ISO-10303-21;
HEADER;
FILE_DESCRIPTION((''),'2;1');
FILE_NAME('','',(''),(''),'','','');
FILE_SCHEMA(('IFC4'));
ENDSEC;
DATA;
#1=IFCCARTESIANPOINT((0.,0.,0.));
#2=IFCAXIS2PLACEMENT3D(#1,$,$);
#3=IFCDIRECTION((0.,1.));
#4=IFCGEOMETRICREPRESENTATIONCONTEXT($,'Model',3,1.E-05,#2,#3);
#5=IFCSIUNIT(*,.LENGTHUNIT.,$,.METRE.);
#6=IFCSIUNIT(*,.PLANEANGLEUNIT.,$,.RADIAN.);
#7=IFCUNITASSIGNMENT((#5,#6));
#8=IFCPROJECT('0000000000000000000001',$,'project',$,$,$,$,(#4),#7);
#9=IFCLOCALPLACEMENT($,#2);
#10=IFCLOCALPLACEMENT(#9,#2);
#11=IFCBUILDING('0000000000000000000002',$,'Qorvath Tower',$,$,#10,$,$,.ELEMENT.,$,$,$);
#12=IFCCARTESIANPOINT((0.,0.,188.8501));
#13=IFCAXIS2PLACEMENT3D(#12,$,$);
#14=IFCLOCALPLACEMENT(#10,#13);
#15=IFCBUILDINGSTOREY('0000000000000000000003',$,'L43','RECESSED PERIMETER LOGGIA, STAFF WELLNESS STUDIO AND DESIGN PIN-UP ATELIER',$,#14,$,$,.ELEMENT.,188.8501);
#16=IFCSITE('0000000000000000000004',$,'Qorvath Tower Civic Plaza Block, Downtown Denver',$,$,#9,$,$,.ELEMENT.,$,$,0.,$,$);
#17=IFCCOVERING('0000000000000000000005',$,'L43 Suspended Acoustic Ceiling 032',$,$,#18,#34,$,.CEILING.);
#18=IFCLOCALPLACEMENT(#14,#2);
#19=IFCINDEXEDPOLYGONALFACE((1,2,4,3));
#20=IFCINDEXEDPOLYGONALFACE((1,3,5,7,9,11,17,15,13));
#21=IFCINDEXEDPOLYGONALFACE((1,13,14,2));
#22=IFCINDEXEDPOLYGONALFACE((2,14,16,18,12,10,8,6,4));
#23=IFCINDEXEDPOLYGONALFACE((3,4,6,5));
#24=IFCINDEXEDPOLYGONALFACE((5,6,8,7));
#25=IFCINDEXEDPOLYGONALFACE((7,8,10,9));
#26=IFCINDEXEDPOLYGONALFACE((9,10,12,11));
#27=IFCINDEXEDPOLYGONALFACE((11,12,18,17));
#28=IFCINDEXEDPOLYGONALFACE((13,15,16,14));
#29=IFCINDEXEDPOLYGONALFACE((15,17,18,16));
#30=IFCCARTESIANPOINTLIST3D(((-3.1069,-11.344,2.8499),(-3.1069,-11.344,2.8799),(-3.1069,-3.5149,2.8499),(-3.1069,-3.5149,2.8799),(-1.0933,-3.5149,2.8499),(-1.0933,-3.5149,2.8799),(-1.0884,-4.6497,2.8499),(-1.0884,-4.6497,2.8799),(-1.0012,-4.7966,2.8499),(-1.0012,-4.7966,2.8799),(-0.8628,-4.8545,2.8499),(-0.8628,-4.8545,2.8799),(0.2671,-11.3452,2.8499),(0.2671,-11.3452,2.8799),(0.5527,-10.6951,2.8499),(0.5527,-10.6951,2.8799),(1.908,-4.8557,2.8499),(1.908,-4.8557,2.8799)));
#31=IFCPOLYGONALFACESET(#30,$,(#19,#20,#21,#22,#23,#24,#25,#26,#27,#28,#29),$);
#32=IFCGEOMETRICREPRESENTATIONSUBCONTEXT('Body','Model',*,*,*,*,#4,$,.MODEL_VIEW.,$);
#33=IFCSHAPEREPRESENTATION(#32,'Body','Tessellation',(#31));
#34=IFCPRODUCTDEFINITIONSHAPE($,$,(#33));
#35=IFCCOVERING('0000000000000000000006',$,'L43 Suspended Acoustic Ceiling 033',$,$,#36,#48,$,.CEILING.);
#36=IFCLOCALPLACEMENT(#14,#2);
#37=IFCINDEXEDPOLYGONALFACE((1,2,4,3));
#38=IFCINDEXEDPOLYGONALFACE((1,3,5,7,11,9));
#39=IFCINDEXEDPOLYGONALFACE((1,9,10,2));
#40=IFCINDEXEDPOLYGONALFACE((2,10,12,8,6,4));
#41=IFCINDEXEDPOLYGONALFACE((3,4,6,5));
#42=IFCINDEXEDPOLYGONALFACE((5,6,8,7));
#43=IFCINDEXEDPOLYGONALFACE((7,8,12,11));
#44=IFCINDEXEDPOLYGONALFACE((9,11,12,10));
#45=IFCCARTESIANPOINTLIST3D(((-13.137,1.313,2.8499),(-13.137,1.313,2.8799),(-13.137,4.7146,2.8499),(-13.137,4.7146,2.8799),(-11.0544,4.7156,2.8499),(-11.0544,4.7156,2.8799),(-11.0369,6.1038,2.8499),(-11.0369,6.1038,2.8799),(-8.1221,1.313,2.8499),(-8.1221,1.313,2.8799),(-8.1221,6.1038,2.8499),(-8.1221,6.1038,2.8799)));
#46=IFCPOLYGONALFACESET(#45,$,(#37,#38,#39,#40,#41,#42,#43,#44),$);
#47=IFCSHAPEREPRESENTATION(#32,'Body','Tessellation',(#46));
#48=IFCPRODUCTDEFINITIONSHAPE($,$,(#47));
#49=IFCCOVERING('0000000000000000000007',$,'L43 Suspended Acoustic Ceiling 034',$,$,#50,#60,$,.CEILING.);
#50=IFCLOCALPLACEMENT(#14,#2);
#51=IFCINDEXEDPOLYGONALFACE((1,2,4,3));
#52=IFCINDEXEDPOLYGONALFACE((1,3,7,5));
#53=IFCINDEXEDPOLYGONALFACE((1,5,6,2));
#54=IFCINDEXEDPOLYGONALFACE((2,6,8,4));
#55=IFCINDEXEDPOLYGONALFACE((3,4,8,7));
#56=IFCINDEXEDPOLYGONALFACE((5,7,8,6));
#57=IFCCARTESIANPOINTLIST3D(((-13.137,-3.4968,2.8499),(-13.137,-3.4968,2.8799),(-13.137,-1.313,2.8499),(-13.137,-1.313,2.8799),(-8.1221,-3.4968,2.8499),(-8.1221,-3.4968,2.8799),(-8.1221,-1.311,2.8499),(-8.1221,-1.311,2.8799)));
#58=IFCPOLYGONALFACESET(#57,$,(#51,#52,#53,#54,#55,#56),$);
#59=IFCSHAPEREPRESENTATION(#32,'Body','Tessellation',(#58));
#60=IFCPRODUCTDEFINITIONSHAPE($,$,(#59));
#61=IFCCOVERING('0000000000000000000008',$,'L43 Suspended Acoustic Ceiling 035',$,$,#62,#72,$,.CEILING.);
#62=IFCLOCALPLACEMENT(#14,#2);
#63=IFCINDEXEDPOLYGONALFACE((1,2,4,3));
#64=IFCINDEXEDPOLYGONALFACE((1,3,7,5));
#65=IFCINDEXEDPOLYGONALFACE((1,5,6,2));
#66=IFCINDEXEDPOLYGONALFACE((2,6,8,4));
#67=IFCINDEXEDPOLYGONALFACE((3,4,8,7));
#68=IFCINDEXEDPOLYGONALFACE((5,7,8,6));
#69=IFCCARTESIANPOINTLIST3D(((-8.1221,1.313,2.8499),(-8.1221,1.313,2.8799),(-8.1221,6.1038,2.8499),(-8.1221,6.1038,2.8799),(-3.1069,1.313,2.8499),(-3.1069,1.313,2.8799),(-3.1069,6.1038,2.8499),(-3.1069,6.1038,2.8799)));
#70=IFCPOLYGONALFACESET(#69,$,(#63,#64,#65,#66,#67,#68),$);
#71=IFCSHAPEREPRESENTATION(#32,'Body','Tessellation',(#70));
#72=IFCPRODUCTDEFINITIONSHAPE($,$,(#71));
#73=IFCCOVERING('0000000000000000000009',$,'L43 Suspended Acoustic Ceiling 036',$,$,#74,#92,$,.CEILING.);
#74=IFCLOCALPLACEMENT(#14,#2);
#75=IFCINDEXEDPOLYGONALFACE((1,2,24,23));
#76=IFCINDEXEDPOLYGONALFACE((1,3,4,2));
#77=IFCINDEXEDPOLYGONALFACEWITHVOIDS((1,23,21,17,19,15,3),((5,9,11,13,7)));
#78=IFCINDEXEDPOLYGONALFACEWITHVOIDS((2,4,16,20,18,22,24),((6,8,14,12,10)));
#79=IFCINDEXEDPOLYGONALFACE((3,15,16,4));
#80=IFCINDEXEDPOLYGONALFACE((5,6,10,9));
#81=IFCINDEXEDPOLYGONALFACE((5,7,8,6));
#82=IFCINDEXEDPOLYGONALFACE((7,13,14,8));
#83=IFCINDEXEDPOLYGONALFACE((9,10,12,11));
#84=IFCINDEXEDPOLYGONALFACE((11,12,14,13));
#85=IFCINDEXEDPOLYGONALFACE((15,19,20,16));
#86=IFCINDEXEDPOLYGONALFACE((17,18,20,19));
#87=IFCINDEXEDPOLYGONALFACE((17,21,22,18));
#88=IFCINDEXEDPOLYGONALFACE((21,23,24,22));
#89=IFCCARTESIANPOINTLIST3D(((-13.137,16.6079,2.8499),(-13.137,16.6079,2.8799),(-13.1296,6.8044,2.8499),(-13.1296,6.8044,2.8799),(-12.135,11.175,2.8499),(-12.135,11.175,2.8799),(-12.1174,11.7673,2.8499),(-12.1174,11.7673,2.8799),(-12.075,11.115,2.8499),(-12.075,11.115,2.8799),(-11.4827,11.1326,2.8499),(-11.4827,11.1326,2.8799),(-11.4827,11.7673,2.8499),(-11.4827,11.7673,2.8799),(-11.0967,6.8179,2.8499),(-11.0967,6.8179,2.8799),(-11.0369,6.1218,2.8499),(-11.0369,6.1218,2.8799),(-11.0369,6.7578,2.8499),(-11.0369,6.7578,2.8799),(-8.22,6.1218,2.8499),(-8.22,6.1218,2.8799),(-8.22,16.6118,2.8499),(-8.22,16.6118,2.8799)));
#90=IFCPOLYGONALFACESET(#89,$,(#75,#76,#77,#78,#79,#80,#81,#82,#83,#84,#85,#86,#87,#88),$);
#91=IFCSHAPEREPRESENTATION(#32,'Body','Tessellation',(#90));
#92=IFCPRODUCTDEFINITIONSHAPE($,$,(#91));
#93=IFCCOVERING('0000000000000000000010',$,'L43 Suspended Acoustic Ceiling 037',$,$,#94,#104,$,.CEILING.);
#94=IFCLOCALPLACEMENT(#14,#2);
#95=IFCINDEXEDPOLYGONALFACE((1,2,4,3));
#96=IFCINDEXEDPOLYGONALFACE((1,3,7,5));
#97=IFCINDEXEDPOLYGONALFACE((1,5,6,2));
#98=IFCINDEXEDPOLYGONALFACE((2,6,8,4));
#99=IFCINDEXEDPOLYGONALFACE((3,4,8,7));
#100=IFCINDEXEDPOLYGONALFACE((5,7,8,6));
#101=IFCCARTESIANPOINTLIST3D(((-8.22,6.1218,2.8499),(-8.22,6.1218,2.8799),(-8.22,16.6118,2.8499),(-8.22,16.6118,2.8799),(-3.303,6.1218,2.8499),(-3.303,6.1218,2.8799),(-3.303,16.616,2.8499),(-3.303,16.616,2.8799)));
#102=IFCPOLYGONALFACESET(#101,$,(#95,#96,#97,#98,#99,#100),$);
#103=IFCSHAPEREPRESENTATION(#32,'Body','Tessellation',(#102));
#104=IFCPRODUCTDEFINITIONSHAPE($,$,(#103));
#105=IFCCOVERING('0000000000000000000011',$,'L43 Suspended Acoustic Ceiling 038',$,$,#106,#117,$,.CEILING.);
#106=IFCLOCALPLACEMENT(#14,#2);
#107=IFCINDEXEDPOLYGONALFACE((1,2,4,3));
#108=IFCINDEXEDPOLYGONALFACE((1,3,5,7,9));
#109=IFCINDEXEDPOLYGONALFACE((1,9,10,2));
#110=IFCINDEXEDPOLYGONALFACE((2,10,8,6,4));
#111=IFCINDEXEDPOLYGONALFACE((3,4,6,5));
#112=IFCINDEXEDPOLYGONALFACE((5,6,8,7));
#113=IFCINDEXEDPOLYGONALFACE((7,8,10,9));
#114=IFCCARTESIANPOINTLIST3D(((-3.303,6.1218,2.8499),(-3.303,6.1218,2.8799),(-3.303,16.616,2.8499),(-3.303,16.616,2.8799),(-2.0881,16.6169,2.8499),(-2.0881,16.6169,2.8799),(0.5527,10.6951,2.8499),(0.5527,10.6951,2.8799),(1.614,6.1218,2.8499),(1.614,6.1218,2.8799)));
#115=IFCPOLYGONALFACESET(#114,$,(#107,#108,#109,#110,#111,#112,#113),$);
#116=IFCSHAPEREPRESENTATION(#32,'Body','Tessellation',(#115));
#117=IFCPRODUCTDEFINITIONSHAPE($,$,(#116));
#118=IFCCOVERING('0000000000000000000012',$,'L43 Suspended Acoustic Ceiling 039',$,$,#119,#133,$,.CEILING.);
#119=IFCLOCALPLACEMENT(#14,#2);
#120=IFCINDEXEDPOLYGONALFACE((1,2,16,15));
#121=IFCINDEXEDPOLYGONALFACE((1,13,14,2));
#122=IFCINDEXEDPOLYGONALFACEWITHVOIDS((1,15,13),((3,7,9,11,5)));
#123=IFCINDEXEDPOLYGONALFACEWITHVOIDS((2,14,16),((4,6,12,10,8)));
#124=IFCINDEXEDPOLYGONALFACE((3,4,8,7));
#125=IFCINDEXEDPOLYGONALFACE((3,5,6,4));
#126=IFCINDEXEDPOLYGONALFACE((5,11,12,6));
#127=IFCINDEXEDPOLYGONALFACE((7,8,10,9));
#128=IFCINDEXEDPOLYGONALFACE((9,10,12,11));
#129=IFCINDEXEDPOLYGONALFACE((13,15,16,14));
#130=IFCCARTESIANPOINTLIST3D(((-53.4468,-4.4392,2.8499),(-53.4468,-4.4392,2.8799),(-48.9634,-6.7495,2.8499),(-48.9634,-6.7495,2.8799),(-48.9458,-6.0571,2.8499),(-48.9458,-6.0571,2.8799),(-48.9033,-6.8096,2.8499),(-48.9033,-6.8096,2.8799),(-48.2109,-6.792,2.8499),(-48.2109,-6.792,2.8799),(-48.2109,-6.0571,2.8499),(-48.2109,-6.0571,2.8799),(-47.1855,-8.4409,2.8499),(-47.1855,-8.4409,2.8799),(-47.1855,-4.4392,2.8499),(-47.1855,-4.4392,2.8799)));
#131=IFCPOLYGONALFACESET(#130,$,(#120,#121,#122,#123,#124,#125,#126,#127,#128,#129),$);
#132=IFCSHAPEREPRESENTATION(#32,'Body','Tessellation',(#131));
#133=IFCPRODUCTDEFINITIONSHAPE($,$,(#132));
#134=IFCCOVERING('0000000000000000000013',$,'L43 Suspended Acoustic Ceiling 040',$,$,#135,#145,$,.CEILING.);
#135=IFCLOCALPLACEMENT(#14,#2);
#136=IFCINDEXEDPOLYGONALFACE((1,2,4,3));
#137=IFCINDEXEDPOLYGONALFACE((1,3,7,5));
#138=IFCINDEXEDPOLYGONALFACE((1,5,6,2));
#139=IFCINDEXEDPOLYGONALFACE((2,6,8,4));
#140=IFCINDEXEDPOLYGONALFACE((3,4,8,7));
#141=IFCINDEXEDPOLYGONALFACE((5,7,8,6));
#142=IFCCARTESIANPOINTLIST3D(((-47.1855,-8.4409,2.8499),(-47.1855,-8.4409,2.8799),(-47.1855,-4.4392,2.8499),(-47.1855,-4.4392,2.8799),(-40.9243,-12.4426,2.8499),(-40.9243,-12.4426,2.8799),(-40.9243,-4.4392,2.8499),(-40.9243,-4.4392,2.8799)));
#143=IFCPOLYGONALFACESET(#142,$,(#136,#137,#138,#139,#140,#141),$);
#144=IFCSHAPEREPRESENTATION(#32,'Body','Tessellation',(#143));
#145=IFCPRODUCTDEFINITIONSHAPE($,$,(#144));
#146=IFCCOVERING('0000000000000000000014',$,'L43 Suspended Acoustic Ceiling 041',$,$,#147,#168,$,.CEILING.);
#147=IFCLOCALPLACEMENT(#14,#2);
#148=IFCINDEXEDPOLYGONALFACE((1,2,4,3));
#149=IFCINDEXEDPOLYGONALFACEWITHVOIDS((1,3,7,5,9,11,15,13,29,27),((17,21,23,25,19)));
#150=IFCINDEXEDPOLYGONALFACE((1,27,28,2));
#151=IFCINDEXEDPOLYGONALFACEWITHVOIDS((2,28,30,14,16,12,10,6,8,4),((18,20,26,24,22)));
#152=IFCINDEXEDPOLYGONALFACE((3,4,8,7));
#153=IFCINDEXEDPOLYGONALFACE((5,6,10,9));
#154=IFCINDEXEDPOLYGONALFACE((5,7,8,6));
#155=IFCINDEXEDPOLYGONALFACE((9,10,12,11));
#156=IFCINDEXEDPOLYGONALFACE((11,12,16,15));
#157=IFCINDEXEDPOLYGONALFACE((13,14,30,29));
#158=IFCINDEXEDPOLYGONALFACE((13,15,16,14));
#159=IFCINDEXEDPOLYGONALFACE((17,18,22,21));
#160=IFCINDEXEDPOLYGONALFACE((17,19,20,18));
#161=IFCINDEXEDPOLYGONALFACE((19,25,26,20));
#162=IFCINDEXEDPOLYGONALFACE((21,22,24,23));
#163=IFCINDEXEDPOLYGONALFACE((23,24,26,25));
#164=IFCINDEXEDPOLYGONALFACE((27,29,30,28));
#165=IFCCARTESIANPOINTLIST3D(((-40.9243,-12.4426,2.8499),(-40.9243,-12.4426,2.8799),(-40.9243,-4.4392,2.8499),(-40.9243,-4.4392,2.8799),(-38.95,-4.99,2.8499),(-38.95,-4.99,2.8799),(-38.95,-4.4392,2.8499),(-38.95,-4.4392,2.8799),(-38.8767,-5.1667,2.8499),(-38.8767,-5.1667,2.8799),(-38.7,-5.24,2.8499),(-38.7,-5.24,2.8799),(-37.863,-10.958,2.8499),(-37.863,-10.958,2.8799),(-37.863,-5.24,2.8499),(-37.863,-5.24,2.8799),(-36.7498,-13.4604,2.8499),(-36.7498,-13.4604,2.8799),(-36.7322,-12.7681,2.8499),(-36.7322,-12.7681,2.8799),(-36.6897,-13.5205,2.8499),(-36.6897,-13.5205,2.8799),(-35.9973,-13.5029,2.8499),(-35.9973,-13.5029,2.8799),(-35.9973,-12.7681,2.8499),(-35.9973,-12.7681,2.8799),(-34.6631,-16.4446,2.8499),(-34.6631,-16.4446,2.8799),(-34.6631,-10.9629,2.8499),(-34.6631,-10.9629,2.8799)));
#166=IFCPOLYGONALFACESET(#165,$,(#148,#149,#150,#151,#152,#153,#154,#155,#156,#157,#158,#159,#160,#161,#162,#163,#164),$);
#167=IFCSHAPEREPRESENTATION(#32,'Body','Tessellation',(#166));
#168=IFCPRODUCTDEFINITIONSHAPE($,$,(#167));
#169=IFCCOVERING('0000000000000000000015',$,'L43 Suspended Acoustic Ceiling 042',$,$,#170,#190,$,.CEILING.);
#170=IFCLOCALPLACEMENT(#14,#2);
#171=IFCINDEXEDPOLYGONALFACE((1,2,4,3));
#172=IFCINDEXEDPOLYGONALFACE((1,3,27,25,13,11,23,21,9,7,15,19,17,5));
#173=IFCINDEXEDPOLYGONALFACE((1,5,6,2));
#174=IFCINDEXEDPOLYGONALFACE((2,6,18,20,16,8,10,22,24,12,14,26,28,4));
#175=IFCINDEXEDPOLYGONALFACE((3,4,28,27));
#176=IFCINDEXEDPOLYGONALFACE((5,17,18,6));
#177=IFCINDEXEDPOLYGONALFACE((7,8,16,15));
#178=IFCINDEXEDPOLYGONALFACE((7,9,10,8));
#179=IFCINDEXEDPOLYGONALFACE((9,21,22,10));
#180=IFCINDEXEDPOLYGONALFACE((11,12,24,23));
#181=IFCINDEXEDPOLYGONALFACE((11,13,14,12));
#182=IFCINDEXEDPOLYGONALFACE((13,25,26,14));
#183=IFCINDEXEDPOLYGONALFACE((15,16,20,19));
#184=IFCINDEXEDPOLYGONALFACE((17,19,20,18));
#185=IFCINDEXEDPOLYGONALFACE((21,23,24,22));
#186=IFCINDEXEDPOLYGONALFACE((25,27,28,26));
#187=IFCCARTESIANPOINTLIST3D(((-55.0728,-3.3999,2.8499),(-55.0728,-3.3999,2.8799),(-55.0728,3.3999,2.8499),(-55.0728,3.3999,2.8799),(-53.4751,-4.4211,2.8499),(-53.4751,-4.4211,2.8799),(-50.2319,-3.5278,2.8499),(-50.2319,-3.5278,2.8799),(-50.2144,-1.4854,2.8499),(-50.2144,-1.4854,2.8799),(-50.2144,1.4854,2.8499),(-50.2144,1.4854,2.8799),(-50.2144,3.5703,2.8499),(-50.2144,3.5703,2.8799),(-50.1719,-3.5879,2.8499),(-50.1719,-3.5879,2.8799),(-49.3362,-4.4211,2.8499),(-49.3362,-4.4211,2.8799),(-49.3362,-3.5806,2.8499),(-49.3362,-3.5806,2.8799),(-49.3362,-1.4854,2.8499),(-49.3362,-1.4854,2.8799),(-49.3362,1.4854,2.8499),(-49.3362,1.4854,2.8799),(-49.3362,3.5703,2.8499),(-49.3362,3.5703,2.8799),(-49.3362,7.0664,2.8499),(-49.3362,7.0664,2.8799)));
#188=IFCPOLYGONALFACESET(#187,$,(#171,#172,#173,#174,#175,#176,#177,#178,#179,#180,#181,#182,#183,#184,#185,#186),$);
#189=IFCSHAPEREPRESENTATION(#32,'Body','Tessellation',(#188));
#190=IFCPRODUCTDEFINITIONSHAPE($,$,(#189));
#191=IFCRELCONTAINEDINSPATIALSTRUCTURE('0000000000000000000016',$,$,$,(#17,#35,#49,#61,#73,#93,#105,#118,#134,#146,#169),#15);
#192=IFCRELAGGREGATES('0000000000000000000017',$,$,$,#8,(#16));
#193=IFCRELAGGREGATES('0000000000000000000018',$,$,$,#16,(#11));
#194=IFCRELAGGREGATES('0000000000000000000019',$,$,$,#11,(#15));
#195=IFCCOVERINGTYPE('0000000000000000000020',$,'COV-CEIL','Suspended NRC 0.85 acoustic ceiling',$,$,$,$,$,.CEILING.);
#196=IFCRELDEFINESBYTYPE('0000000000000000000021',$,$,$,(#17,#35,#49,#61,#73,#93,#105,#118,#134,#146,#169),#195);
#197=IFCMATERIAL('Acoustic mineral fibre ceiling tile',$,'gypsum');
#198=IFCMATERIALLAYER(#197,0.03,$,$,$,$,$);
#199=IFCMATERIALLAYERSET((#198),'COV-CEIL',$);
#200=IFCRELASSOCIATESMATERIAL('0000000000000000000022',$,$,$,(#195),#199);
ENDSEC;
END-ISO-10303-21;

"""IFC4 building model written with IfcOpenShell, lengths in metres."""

from ifc_helpers import new_model, si_unit, direction, frame, origin, place, context, subcontext, project, spatial, polyline, outline, extrude, material, layer, layer_set, type_object, element, save


model = new_model("IFC4")

# Units and contexts
model_context = context("Model", 3, precision=1e-05, world=origin(), true_north=direction((0.0, 1.0)))
body_context = subcontext(model_context, "Body", "Model", "MODEL_VIEW")
ifc_project = project(units=[si_unit("LENGTHUNIT", "METRE"), si_unit("PLANEANGLEUNIT", "RADIAN")], contexts=[model_context])

# Site, building, storey
site_placement = place(None, origin())
site = spatial("IfcSite", under=ifc_project, at=site_placement, Name="Qorvath Tower Civic Plaza Block, Downtown Denver", CompositionType="ELEMENT", RefElevation=0.0)
building_placement = place(site_placement, origin())
building = spatial("IfcBuilding", under=site, at=building_placement, Name="Qorvath Tower", CompositionType="ELEMENT")
storey_placement = place(building_placement, frame((0.0, 0.0, 188.8501)))
storey = spatial("IfcBuildingStorey", under=building, at=storey_placement, Name="L43", Description="RECESSED PERIMETER LOGGIA, STAFF WELLNESS STUDIO AND DESIGN PIN-UP ATELIER", CompositionType="ELEMENT", Elevation=188.8501)

# Coverings
ifc_material_1 = material(Name="Acoustic mineral fibre ceiling tile", Category="gypsum")
ifc_layer_1 = layer(ifc_material_1, 0.03)
ifc_layer_set_1 = layer_set([ifc_layer_1], Name="COV-CEIL")
covering_type_1 = type_object("IfcCoveringType", Name="COV-CEIL", Description="Suspended NRC 0.85 acoustic ceiling", PredefinedType="CEILING", material=ifc_layer_set_1)
covering_1_placement = place(storey_placement, frame((0.0, 0.0, 2.8499)))
element("IfcCovering", 1, at=covering_1_placement, inside=storey, type_object=covering_type_1, Name="L43 Suspended Acoustic Ceiling 032", PredefinedType="CEILING", context=body_context, shape_type="SweptSolid", body=[
    extrude(outline(polyline([(-1.0012, -4.7966), (-1.0884, -4.6497), (-1.0933, -3.5149), (-3.1069, -3.5149), (-3.1069, -11.344), (0.2671, -11.3452), (0.5527, -10.6951), (1.908, -4.8557), (-0.8628, -4.8545), (-1.0012, -4.7966)])), origin(), (0.0, 0.0, 1.0), 0.03),
])
covering_2_placement = place(storey_placement, frame((0.0, 0.0, 2.8499)))
element("IfcCovering", 2, at=covering_2_placement, inside=storey, type_object=covering_type_1, Name="L43 Suspended Acoustic Ceiling 033", PredefinedType="CEILING", context=body_context, shape_type="SweptSolid", body=[
    extrude(outline(polyline([(-8.1221, 1.313), (-8.1221, 6.1038), (-11.0369, 6.1038), (-11.0544, 4.7156), (-13.137, 4.7146), (-13.137, 1.313), (-8.1221, 1.313)])), origin(), (0.0, 0.0, 1.0), 0.03),
])
covering_3_placement = place(storey_placement, frame((0.0, 0.0, 2.8499)))
element("IfcCovering", 3, at=covering_3_placement, inside=storey, type_object=covering_type_1, Name="L43 Suspended Acoustic Ceiling 034", PredefinedType="CEILING", context=body_context, shape_type="SweptSolid", body=[
    extrude(outline(polyline([(-8.1221, -3.4968), (-8.1221, -1.311), (-13.137, -1.313), (-13.137, -3.4968), (-8.1221, -3.4968)])), origin(), (0.0, 0.0, 1.0), 0.03),
])
covering_4_placement = place(storey_placement, frame((0.0, 0.0, 2.8499)))
element("IfcCovering", 4, at=covering_4_placement, inside=storey, type_object=covering_type_1, Name="L43 Suspended Acoustic Ceiling 035", PredefinedType="CEILING", context=body_context, shape_type="SweptSolid", body=[
    extrude(outline(polyline([(-3.1069, 1.313), (-3.1069, 6.1038), (-8.1221, 6.1038), (-8.1221, 1.313), (-3.1069, 1.313)])), origin(), (0.0, 0.0, 1.0), 0.03),
])
covering_5_placement = place(storey_placement, frame((0.0, 0.0, 2.8499)))
element("IfcCovering", 5, at=covering_5_placement, inside=storey, type_object=covering_type_1, Name="L43 Suspended Acoustic Ceiling 036", PredefinedType="CEILING", context=body_context, shape_type="SweptSolid", body=[
    extrude(outline(polyline([(-11.0369, 6.1218), (-8.22, 6.1218), (-8.22, 16.6118), (-13.137, 16.6079), (-13.1296, 6.8044), (-11.0967, 6.8179), (-11.0369, 6.7578), (-11.0369, 6.1218)]), holes=[polyline([(-12.135, 11.175), (-12.1174, 11.7673), (-11.4827, 11.7673), (-11.4827, 11.1326), (-12.075, 11.115), (-12.135, 11.175)])]), origin(), (0.0, 0.0, 1.0), 0.03),
])
covering_6_placement = place(storey_placement, frame((0.0, 0.0, 2.8499)))
element("IfcCovering", 6, at=covering_6_placement, inside=storey, type_object=covering_type_1, Name="L43 Suspended Acoustic Ceiling 037", PredefinedType="CEILING", context=body_context, shape_type="SweptSolid", body=[
    extrude(outline(polyline([(-8.22, 16.6118), (-8.22, 6.1218), (-3.303, 6.1218), (-3.303, 16.616), (-8.22, 16.6118)])), origin(), (0.0, 0.0, 1.0), 0.03),
])
covering_7_placement = place(storey_placement, frame((0.0, 0.0, 2.8499)))
element("IfcCovering", 7, at=covering_7_placement, inside=storey, type_object=covering_type_1, Name="L43 Suspended Acoustic Ceiling 038", PredefinedType="CEILING", context=body_context, shape_type="SweptSolid", body=[
    extrude(outline(polyline([(-3.303, 16.616), (-3.303, 6.1218), (1.614, 6.1218), (0.5527, 10.6951), (-2.0881, 16.6169), (-3.303, 16.616)])), origin(), (0.0, 0.0, 1.0), 0.03),
])
covering_8_placement = place(storey_placement, frame((0.0, 0.0, 2.8499)))
element("IfcCovering", 8, at=covering_8_placement, inside=storey, type_object=covering_type_1, Name="L43 Suspended Acoustic Ceiling 039", PredefinedType="CEILING", context=body_context, shape_type="SweptSolid", body=[
    extrude(outline(polyline([(-47.1855, -8.4409), (-47.1855, -4.4392), (-53.4468, -4.4392), (-47.1855, -8.4409)]), holes=[polyline([(-48.9634, -6.7495), (-48.9458, -6.0571), (-48.2109, -6.0571), (-48.2109, -6.792), (-48.9033, -6.8096), (-48.9634, -6.7495)])]), origin(), (0.0, 0.0, 1.0), 0.03),
])
covering_9_placement = place(storey_placement, frame((0.0, 0.0, 2.8499)))
element("IfcCovering", 9, at=covering_9_placement, inside=storey, type_object=covering_type_1, Name="L43 Suspended Acoustic Ceiling 040", PredefinedType="CEILING", context=body_context, shape_type="SweptSolid", body=[
    extrude(outline(polyline([(-40.9243, -12.4426), (-40.9243, -4.4392), (-47.1855, -4.4392), (-47.1855, -8.4409), (-40.9243, -12.4426)])), origin(), (0.0, 0.0, 1.0), 0.03),
])
covering_10_placement = place(storey_placement, frame((0.0, 0.0, 2.8499)))
element("IfcCovering", 10, at=covering_10_placement, inside=storey, type_object=covering_type_1, Name="L43 Suspended Acoustic Ceiling 041", PredefinedType="CEILING", context=body_context, shape_type="SweptSolid", body=[
    extrude(outline(polyline([(-37.863, -10.958), (-37.863, -5.24), (-38.7, -5.24), (-38.8767, -5.1667), (-38.95, -4.99), (-38.95, -4.4392), (-40.9243, -4.4392), (-40.9243, -12.4426), (-34.6631, -16.4446), (-34.6631, -10.9629), (-37.863, -10.958)]), holes=[polyline([(-36.7498, -13.4604), (-36.7322, -12.7681), (-35.9973, -12.7681), (-35.9973, -13.5029), (-36.6897, -13.5205), (-36.7498, -13.4604)])]), origin(), (0.0, 0.0, 1.0), 0.03),
])
covering_11_placement = place(storey_placement, frame((0.0, 0.0, 2.8499)))
element("IfcCovering", 11, at=covering_11_placement, inside=storey, type_object=covering_type_1, Name="L43 Suspended Acoustic Ceiling 042", PredefinedType="CEILING", context=body_context, shape_type="SweptSolid", body=[
    extrude(outline(polyline([(-49.3362, -4.4211), (-49.3362, -3.5806), (-50.1719, -3.5879), (-50.2319, -3.5278), (-50.2144, -1.4854), (-49.3362, -1.4854), (-49.3362, 1.4854), (-50.2144, 1.4854), (-50.2144, 3.5703), (-49.3362, 3.5703), (-49.3362, 7.0664), (-55.0728, 3.3999), (-55.0728, -3.3999), (-53.4751, -4.4211), (-49.3362, -4.4211)])), origin(), (0.0, 0.0, 1.0), 0.03),
])

save(model, "model.ifc")
